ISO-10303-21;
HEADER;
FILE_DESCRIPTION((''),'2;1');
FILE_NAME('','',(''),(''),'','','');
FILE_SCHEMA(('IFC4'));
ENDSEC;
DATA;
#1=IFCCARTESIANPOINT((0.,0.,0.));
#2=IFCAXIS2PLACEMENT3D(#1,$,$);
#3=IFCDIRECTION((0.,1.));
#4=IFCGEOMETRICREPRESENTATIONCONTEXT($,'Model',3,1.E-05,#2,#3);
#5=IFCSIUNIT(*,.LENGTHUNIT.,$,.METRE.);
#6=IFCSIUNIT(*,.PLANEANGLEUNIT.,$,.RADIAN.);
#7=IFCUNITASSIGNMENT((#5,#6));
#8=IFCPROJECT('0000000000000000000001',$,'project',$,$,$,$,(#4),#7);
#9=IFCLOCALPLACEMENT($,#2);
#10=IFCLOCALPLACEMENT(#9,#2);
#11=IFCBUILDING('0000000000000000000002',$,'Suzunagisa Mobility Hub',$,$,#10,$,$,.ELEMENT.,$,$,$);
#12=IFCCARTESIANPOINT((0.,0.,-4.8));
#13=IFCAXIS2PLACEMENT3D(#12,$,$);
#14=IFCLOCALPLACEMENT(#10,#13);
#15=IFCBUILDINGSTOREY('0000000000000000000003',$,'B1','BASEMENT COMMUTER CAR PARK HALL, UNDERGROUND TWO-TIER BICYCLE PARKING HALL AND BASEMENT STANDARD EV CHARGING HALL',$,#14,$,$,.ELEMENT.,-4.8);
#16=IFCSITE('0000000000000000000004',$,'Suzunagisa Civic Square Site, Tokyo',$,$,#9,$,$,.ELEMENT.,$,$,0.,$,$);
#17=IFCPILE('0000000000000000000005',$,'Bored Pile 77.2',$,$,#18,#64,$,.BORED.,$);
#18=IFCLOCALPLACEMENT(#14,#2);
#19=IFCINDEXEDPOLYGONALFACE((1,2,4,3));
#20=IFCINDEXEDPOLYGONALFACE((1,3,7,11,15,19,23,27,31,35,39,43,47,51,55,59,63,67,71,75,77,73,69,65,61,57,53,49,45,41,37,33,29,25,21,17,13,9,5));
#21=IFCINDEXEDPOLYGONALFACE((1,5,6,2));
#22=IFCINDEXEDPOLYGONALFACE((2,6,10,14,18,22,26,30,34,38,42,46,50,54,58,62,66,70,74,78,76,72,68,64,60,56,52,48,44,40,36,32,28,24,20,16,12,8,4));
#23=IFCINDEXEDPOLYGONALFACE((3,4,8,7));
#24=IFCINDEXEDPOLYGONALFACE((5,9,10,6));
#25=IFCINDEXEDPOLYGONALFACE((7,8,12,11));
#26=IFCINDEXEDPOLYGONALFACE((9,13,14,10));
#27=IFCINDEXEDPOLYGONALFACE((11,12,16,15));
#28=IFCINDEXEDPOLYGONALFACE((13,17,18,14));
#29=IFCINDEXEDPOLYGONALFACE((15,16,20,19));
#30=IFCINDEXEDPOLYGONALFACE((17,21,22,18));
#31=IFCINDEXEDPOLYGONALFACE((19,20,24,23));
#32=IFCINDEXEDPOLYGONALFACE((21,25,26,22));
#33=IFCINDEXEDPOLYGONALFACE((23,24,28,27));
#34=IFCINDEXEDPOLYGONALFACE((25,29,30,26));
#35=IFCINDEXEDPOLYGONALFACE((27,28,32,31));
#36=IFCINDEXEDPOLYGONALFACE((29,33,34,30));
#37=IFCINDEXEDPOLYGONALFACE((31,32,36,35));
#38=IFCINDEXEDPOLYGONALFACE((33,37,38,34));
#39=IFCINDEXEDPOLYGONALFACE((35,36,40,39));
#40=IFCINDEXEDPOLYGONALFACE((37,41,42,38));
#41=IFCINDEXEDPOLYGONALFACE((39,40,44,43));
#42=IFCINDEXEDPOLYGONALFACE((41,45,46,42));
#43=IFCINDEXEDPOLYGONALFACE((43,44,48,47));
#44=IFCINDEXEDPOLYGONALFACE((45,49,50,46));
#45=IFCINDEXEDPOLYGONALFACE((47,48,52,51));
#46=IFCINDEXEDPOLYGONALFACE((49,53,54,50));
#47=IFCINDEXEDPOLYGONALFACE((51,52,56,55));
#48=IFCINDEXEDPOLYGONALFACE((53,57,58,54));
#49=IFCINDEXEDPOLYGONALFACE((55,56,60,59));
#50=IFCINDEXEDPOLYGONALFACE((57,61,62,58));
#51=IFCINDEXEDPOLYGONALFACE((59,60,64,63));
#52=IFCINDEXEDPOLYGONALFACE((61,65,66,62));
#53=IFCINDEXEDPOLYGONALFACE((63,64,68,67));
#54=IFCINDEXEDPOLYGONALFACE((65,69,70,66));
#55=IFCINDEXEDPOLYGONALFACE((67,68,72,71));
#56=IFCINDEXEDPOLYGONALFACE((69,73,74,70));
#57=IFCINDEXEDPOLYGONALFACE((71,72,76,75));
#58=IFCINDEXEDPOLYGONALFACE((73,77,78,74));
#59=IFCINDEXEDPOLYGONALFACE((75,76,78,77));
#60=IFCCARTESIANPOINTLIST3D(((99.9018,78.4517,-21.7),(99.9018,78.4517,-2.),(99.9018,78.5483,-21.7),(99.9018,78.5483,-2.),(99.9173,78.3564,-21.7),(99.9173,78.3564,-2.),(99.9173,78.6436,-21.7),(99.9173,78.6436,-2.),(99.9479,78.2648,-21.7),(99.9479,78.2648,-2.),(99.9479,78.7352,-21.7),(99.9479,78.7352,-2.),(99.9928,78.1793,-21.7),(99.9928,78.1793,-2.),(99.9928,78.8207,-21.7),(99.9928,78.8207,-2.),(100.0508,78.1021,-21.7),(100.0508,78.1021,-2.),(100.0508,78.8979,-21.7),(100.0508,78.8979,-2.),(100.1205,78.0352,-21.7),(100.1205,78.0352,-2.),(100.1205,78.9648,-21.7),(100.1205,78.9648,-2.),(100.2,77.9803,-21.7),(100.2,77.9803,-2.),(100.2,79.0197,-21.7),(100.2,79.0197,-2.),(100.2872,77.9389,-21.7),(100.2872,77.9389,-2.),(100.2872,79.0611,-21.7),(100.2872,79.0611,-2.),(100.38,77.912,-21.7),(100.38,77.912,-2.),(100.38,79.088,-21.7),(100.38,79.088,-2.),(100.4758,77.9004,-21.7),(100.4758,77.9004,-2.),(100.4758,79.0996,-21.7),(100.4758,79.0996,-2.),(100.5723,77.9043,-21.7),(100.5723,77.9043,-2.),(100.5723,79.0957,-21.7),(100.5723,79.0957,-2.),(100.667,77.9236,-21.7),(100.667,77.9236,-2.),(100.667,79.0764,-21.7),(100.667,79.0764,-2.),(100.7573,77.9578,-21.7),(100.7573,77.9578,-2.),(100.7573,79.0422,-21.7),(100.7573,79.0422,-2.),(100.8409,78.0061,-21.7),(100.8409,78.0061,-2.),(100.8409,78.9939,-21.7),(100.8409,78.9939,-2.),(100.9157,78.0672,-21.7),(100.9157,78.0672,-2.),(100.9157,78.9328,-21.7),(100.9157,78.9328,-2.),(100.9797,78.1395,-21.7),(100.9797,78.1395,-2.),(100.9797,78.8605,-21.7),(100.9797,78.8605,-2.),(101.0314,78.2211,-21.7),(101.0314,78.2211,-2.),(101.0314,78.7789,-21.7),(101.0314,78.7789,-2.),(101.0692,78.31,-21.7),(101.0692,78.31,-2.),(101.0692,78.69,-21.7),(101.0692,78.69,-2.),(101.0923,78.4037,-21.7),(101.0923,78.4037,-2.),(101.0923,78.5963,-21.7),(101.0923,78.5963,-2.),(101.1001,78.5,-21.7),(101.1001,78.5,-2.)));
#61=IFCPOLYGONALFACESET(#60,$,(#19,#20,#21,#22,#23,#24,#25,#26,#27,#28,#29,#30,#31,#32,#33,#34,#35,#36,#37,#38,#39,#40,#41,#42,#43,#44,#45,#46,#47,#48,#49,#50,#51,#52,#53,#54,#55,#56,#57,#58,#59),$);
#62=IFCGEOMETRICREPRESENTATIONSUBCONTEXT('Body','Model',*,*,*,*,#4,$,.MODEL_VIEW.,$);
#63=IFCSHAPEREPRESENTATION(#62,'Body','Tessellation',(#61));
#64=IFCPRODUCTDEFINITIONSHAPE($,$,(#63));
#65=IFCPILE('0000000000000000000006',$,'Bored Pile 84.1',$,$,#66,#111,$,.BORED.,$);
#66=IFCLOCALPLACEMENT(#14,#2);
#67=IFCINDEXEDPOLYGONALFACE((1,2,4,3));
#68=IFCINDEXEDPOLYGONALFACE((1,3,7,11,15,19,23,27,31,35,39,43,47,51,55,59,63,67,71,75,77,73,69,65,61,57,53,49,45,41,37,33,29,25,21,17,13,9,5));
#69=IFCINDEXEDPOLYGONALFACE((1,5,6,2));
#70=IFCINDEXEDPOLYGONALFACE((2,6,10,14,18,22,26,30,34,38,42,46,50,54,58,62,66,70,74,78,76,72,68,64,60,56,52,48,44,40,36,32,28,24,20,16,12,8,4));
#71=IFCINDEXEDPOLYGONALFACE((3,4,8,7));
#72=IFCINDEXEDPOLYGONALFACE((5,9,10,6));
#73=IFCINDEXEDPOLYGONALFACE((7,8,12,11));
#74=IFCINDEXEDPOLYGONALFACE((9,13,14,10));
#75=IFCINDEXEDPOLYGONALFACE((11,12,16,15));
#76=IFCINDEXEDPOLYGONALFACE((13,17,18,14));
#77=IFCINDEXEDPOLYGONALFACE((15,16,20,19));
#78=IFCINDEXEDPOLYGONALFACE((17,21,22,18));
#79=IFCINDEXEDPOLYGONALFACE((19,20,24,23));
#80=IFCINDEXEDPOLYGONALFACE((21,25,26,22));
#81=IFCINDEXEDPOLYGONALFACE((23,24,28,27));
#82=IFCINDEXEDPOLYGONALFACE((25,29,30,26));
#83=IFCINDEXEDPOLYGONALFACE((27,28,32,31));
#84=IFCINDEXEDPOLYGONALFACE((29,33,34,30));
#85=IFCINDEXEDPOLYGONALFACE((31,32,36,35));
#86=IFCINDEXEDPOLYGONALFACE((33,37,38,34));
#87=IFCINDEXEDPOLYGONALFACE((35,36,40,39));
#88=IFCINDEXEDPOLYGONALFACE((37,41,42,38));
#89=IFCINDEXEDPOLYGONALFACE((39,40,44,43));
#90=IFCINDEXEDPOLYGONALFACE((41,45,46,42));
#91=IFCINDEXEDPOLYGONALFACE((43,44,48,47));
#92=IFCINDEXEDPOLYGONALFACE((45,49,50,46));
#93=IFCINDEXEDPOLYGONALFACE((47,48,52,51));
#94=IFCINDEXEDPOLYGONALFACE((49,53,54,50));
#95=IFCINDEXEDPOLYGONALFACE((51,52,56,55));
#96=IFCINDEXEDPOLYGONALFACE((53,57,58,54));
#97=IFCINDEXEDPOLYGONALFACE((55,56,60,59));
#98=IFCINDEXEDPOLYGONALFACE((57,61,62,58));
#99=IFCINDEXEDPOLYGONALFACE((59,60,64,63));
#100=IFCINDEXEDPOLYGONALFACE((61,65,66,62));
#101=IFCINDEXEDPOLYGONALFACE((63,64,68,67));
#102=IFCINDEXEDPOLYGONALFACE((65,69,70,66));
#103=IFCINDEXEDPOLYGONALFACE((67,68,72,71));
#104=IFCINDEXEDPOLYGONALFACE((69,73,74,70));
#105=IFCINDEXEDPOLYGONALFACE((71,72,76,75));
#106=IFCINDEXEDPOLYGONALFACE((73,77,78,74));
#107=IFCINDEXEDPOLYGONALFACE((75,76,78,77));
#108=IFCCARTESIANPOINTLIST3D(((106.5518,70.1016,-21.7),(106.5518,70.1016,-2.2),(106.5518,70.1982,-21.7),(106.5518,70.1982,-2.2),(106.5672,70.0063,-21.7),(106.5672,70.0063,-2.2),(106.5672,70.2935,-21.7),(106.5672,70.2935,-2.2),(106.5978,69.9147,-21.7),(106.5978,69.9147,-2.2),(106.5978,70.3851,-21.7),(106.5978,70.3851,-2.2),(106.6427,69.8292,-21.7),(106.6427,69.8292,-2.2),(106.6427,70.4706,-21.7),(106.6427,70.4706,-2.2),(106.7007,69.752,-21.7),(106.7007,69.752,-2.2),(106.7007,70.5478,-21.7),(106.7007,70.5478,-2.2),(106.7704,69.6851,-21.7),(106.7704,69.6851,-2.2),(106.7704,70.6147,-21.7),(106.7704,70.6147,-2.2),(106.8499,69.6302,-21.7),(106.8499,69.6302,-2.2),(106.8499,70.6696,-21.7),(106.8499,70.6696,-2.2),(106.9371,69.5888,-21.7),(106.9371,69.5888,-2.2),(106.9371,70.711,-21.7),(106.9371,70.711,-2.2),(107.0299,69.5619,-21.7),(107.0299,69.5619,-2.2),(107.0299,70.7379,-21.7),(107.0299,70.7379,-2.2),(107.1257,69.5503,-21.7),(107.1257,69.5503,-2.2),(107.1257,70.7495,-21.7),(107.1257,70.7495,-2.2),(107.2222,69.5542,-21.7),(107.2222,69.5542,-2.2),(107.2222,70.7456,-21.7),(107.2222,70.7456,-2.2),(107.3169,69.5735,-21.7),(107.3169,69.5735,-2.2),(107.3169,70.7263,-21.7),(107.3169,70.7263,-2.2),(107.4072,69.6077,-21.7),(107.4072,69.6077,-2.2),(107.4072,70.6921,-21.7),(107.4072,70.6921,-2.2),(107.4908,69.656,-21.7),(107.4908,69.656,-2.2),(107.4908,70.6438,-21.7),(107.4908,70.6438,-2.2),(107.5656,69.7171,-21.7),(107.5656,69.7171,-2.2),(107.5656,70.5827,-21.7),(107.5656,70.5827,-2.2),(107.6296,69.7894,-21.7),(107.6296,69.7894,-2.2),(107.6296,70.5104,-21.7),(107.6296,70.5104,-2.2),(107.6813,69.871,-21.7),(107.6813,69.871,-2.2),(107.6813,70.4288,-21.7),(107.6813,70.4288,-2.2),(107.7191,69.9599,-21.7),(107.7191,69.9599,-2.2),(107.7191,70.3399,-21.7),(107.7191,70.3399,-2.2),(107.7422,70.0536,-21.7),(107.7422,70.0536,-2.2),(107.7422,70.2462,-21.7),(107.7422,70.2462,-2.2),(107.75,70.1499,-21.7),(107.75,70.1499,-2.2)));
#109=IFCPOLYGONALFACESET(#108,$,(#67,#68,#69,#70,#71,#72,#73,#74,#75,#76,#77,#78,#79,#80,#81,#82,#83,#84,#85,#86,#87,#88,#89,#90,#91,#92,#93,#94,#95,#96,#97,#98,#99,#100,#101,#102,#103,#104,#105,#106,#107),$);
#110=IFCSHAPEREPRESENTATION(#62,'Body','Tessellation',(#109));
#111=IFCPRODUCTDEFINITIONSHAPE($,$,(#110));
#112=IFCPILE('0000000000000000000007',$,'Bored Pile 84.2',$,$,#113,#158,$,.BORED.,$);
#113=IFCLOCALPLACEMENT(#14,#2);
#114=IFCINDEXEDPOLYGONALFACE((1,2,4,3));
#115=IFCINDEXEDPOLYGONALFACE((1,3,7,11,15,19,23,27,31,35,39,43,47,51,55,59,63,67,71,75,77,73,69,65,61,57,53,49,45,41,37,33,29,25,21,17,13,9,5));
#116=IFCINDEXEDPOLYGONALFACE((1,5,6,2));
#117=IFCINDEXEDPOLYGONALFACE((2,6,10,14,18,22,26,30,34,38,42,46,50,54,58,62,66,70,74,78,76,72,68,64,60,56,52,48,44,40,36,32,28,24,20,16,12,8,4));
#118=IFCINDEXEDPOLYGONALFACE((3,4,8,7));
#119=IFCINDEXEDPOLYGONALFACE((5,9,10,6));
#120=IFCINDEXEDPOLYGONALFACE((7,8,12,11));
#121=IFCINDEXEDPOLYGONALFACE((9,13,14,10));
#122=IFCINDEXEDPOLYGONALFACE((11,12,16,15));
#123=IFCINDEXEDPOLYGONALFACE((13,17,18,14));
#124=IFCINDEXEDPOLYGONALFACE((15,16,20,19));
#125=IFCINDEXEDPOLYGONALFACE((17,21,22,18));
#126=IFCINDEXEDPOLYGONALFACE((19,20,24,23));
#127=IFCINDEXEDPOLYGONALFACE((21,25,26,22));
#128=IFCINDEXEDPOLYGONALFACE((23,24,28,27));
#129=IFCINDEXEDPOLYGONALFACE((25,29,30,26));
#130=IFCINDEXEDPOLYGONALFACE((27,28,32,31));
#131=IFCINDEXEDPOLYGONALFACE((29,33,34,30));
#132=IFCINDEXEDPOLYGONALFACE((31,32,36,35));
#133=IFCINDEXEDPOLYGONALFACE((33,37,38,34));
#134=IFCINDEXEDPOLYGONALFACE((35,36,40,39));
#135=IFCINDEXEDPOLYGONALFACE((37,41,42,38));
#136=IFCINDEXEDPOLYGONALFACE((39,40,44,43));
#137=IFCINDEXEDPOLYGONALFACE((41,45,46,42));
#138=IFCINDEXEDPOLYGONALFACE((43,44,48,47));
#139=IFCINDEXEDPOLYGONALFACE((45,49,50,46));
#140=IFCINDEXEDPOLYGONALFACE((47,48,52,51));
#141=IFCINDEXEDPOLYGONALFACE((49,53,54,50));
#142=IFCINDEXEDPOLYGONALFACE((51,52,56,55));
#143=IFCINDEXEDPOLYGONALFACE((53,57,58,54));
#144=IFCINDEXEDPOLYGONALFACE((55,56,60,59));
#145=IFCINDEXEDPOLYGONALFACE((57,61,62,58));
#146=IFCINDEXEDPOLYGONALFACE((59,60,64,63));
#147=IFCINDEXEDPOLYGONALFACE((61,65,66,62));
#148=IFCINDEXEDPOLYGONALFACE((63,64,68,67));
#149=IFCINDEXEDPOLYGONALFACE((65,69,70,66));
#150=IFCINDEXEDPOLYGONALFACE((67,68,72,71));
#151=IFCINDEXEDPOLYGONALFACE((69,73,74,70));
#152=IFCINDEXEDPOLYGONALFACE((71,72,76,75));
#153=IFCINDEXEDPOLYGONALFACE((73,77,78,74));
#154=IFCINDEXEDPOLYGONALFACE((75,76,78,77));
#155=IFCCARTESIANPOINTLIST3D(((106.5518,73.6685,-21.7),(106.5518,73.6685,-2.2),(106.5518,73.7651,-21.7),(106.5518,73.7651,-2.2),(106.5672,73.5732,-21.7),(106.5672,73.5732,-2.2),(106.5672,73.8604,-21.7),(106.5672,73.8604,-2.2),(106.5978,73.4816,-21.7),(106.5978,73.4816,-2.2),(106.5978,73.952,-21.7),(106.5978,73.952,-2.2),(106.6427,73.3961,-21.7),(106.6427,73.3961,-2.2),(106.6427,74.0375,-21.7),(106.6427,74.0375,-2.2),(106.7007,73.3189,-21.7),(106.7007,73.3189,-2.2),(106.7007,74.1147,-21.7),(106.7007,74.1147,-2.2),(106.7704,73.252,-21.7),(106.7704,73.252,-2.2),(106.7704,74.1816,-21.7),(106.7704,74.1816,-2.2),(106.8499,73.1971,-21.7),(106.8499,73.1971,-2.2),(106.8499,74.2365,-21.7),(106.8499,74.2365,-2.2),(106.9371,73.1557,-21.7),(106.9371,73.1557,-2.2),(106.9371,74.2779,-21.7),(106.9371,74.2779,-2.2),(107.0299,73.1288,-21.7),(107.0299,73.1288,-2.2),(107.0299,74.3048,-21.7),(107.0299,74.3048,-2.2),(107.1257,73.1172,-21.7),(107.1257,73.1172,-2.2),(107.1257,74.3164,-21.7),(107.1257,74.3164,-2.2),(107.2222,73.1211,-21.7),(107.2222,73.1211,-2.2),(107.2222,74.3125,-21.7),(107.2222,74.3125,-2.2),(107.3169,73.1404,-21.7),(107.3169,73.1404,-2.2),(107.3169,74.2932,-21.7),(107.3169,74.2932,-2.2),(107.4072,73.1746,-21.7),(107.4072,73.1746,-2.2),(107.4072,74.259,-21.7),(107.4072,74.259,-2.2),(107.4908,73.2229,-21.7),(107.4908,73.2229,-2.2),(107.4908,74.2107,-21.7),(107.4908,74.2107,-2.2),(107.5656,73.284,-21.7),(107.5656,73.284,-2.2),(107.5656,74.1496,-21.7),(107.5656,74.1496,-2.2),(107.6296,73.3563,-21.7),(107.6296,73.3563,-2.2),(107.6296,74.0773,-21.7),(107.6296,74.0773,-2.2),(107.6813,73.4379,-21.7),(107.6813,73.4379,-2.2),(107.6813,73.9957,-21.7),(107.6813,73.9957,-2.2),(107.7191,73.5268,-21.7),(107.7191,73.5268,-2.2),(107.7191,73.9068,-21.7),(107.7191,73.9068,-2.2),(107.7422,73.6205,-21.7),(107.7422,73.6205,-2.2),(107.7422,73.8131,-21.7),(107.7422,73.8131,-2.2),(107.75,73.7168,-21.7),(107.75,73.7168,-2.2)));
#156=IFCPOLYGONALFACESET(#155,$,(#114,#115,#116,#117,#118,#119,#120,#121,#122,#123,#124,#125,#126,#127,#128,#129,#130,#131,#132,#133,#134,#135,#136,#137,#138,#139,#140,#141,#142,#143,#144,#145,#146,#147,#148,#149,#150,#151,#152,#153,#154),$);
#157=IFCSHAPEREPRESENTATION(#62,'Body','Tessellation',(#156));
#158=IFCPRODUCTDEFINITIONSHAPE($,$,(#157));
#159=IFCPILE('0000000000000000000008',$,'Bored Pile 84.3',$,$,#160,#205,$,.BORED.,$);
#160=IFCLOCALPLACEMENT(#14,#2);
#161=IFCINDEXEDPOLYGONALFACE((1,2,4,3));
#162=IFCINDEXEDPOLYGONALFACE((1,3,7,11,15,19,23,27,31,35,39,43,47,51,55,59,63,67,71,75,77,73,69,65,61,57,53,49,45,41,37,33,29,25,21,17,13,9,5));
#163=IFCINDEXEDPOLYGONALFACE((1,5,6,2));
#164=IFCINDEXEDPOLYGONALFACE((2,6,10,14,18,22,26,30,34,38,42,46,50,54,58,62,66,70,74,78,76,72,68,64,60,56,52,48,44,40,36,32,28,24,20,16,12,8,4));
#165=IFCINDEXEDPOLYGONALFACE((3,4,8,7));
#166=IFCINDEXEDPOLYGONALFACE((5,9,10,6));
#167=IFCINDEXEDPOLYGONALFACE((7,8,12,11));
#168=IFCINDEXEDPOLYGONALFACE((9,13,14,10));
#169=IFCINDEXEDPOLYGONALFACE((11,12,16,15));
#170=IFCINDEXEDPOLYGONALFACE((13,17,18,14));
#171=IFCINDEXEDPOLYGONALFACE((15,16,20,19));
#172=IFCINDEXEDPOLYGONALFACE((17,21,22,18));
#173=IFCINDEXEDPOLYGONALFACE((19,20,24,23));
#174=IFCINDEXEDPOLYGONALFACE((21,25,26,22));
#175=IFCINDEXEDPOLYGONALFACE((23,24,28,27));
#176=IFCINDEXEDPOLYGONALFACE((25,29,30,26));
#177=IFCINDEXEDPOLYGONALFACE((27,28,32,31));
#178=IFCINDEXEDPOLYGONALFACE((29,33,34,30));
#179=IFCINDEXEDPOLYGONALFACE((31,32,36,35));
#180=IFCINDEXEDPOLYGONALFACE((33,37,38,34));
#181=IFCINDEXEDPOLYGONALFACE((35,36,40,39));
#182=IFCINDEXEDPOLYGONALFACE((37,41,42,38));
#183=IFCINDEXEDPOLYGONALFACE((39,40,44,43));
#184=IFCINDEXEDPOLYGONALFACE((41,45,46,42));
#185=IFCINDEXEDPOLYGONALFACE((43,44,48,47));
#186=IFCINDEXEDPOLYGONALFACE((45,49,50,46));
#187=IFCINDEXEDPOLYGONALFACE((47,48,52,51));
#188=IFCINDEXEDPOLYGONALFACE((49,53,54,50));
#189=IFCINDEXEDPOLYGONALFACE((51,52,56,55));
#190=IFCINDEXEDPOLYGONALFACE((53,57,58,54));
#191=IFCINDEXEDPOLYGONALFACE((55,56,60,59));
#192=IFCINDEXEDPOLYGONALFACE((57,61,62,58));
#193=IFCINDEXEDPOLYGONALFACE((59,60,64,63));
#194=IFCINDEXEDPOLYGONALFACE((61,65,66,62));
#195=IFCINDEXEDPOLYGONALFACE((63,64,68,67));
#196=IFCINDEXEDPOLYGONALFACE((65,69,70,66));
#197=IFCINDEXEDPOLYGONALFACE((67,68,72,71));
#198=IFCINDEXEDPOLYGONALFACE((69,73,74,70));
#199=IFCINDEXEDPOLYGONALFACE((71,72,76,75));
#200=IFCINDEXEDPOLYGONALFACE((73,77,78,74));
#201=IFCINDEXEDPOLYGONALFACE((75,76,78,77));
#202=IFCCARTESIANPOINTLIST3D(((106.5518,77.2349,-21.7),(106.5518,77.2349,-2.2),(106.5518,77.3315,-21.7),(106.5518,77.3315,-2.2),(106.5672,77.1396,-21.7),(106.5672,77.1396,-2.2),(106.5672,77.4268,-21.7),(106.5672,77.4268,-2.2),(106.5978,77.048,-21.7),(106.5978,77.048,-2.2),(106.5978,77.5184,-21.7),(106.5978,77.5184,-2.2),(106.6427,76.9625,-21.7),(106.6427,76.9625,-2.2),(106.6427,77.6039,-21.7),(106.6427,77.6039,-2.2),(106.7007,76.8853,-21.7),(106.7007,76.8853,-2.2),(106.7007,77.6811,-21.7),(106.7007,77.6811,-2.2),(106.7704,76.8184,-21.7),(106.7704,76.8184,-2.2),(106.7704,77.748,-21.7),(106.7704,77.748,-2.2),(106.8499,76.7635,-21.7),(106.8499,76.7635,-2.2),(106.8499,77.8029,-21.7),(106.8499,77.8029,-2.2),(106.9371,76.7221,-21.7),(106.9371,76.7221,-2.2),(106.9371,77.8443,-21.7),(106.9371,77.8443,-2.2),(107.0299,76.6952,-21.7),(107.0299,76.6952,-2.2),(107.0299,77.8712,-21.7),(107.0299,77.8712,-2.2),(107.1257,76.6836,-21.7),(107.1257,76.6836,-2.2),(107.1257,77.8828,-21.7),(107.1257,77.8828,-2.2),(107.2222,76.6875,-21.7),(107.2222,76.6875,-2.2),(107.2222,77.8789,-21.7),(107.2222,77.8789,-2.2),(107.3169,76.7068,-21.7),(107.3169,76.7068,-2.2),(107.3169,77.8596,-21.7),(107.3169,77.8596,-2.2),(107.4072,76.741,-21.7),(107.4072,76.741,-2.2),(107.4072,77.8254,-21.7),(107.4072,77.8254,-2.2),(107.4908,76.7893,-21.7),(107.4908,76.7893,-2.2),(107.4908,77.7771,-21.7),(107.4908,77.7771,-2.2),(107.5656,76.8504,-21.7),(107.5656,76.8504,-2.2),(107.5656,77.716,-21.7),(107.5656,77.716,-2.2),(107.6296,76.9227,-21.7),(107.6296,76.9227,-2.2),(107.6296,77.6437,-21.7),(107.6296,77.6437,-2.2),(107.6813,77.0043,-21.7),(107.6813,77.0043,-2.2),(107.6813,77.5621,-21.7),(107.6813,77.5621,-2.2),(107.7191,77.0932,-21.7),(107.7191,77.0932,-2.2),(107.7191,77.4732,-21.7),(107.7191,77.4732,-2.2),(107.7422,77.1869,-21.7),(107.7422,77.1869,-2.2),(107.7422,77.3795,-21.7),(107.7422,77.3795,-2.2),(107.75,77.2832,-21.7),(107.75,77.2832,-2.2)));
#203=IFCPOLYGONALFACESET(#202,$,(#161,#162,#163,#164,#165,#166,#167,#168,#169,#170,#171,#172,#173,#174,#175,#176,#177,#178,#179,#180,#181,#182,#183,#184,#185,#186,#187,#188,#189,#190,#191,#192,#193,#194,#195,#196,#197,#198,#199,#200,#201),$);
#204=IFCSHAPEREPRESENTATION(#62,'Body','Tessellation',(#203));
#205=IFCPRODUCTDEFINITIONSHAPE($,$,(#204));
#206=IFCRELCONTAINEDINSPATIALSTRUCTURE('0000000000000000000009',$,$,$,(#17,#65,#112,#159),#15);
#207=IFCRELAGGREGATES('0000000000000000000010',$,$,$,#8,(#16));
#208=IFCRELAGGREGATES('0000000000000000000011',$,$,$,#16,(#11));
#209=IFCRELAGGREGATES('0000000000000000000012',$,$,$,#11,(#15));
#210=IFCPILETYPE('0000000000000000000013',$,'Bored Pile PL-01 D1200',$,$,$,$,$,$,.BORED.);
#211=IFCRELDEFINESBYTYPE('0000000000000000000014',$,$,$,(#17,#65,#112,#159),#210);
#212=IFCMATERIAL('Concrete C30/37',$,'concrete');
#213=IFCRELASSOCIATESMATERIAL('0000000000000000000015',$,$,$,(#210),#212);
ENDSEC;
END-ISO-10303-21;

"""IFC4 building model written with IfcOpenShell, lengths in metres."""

from ifc_helpers import new_model, si_unit, direction, frame, origin, origin_2d, place, context, subcontext, project, spatial, circle, extrude, material, material_profile, profile_set, type_object, element, save


model = new_model("IFC4")

# Units and contexts
model_context = context("Model", 3, precision=1e-05, world=origin(), true_north=direction((0.0, 1.0)))
body_context = subcontext(model_context, "Body", "Model", "MODEL_VIEW")
ifc_project = project(units=[si_unit("LENGTHUNIT", "METRE"), si_unit("PLANEANGLEUNIT", "RADIAN")], contexts=[model_context])

# Site, building, storey
site_placement = place(None, origin())
site = spatial("IfcSite", under=ifc_project, at=site_placement, Name="Suzunagisa Civic Square Site, Tokyo", CompositionType="ELEMENT", RefElevation=0.0)
building_placement = place(site_placement, origin())
building = spatial("IfcBuilding", under=site, at=building_placement, Name="Suzunagisa Mobility Hub", CompositionType="ELEMENT")
storey_placement = place(building_placement, frame((0.0, 0.0, -4.8)))
storey = spatial("IfcBuildingStorey", under=building, at=storey_placement, Name="B1", Description="BASEMENT COMMUTER CAR PARK HALL, UNDERGROUND TWO-TIER BICYCLE PARKING HALL AND BASEMENT STANDARD EV CHARGING HALL", CompositionType="ELEMENT", Elevation=-4.8)

# Piles
ifc_material_1 = material(Name="Concrete C30/37", Category="concrete")
ifc_material_profile_1 = material_profile(ifc_material_1, circle(Radius=0.6001, at=origin_2d()), Name="BORED PILE D1200")
ifc_profile_set_1 = profile_set([ifc_material_profile_1], Name="Concrete C30/37")
pile_type_1 = type_object("IfcPileType", Name="Bored Pile PL-01 D1200", PredefinedType="BORED", material=ifc_profile_set_1)
pile_1_placement = place(storey_placement, frame((100.5, 78.5, -2.0), z_axis=(0.0, 0.0, -1.0), x_axis=(1.0, 0.0, 0.0)))
element("IfcPile", 1, at=pile_1_placement, inside=storey, type_object=pile_type_1, Name="Bored Pile 77.2", PredefinedType="BORED", context=body_context, shape_type="SweptSolid", body=[
    extrude(circle(Radius=0.6001, at=origin_2d()), origin(), (0.0, 0.0, 1.0), 19.7),
])
for number, where, z_axis, x_axis, name in (
    (2, (107.1499, 70.1499, -2.2), (0.0, 0.0, -1.0), (1.0, 0.0, 0.0), "Bored Pile 84.1"),
    (3, (107.1499, 73.7168, -2.2), (0.0, 0.0, -1.0), (1.0, 0.0, 0.0), "Bored Pile 84.2"),
    (4, (107.1499, 77.2832, -2.2), (0.0, 0.0, -1.0), (1.0, 0.0, 0.0), "Bored Pile 84.3"),
):
    element("IfcPile", number, at=place(storey_placement, frame(where, z_axis=z_axis, x_axis=x_axis)), inside=storey, type_object=pile_type_1, Name=name, PredefinedType="BORED", context=body_context, shape_type="SweptSolid", body=[
        extrude(circle(Radius=0.6001, at=origin_2d()), origin(), (0.0, 0.0, 1.0), 19.5),
    ])

save(model, "model.ifc")
